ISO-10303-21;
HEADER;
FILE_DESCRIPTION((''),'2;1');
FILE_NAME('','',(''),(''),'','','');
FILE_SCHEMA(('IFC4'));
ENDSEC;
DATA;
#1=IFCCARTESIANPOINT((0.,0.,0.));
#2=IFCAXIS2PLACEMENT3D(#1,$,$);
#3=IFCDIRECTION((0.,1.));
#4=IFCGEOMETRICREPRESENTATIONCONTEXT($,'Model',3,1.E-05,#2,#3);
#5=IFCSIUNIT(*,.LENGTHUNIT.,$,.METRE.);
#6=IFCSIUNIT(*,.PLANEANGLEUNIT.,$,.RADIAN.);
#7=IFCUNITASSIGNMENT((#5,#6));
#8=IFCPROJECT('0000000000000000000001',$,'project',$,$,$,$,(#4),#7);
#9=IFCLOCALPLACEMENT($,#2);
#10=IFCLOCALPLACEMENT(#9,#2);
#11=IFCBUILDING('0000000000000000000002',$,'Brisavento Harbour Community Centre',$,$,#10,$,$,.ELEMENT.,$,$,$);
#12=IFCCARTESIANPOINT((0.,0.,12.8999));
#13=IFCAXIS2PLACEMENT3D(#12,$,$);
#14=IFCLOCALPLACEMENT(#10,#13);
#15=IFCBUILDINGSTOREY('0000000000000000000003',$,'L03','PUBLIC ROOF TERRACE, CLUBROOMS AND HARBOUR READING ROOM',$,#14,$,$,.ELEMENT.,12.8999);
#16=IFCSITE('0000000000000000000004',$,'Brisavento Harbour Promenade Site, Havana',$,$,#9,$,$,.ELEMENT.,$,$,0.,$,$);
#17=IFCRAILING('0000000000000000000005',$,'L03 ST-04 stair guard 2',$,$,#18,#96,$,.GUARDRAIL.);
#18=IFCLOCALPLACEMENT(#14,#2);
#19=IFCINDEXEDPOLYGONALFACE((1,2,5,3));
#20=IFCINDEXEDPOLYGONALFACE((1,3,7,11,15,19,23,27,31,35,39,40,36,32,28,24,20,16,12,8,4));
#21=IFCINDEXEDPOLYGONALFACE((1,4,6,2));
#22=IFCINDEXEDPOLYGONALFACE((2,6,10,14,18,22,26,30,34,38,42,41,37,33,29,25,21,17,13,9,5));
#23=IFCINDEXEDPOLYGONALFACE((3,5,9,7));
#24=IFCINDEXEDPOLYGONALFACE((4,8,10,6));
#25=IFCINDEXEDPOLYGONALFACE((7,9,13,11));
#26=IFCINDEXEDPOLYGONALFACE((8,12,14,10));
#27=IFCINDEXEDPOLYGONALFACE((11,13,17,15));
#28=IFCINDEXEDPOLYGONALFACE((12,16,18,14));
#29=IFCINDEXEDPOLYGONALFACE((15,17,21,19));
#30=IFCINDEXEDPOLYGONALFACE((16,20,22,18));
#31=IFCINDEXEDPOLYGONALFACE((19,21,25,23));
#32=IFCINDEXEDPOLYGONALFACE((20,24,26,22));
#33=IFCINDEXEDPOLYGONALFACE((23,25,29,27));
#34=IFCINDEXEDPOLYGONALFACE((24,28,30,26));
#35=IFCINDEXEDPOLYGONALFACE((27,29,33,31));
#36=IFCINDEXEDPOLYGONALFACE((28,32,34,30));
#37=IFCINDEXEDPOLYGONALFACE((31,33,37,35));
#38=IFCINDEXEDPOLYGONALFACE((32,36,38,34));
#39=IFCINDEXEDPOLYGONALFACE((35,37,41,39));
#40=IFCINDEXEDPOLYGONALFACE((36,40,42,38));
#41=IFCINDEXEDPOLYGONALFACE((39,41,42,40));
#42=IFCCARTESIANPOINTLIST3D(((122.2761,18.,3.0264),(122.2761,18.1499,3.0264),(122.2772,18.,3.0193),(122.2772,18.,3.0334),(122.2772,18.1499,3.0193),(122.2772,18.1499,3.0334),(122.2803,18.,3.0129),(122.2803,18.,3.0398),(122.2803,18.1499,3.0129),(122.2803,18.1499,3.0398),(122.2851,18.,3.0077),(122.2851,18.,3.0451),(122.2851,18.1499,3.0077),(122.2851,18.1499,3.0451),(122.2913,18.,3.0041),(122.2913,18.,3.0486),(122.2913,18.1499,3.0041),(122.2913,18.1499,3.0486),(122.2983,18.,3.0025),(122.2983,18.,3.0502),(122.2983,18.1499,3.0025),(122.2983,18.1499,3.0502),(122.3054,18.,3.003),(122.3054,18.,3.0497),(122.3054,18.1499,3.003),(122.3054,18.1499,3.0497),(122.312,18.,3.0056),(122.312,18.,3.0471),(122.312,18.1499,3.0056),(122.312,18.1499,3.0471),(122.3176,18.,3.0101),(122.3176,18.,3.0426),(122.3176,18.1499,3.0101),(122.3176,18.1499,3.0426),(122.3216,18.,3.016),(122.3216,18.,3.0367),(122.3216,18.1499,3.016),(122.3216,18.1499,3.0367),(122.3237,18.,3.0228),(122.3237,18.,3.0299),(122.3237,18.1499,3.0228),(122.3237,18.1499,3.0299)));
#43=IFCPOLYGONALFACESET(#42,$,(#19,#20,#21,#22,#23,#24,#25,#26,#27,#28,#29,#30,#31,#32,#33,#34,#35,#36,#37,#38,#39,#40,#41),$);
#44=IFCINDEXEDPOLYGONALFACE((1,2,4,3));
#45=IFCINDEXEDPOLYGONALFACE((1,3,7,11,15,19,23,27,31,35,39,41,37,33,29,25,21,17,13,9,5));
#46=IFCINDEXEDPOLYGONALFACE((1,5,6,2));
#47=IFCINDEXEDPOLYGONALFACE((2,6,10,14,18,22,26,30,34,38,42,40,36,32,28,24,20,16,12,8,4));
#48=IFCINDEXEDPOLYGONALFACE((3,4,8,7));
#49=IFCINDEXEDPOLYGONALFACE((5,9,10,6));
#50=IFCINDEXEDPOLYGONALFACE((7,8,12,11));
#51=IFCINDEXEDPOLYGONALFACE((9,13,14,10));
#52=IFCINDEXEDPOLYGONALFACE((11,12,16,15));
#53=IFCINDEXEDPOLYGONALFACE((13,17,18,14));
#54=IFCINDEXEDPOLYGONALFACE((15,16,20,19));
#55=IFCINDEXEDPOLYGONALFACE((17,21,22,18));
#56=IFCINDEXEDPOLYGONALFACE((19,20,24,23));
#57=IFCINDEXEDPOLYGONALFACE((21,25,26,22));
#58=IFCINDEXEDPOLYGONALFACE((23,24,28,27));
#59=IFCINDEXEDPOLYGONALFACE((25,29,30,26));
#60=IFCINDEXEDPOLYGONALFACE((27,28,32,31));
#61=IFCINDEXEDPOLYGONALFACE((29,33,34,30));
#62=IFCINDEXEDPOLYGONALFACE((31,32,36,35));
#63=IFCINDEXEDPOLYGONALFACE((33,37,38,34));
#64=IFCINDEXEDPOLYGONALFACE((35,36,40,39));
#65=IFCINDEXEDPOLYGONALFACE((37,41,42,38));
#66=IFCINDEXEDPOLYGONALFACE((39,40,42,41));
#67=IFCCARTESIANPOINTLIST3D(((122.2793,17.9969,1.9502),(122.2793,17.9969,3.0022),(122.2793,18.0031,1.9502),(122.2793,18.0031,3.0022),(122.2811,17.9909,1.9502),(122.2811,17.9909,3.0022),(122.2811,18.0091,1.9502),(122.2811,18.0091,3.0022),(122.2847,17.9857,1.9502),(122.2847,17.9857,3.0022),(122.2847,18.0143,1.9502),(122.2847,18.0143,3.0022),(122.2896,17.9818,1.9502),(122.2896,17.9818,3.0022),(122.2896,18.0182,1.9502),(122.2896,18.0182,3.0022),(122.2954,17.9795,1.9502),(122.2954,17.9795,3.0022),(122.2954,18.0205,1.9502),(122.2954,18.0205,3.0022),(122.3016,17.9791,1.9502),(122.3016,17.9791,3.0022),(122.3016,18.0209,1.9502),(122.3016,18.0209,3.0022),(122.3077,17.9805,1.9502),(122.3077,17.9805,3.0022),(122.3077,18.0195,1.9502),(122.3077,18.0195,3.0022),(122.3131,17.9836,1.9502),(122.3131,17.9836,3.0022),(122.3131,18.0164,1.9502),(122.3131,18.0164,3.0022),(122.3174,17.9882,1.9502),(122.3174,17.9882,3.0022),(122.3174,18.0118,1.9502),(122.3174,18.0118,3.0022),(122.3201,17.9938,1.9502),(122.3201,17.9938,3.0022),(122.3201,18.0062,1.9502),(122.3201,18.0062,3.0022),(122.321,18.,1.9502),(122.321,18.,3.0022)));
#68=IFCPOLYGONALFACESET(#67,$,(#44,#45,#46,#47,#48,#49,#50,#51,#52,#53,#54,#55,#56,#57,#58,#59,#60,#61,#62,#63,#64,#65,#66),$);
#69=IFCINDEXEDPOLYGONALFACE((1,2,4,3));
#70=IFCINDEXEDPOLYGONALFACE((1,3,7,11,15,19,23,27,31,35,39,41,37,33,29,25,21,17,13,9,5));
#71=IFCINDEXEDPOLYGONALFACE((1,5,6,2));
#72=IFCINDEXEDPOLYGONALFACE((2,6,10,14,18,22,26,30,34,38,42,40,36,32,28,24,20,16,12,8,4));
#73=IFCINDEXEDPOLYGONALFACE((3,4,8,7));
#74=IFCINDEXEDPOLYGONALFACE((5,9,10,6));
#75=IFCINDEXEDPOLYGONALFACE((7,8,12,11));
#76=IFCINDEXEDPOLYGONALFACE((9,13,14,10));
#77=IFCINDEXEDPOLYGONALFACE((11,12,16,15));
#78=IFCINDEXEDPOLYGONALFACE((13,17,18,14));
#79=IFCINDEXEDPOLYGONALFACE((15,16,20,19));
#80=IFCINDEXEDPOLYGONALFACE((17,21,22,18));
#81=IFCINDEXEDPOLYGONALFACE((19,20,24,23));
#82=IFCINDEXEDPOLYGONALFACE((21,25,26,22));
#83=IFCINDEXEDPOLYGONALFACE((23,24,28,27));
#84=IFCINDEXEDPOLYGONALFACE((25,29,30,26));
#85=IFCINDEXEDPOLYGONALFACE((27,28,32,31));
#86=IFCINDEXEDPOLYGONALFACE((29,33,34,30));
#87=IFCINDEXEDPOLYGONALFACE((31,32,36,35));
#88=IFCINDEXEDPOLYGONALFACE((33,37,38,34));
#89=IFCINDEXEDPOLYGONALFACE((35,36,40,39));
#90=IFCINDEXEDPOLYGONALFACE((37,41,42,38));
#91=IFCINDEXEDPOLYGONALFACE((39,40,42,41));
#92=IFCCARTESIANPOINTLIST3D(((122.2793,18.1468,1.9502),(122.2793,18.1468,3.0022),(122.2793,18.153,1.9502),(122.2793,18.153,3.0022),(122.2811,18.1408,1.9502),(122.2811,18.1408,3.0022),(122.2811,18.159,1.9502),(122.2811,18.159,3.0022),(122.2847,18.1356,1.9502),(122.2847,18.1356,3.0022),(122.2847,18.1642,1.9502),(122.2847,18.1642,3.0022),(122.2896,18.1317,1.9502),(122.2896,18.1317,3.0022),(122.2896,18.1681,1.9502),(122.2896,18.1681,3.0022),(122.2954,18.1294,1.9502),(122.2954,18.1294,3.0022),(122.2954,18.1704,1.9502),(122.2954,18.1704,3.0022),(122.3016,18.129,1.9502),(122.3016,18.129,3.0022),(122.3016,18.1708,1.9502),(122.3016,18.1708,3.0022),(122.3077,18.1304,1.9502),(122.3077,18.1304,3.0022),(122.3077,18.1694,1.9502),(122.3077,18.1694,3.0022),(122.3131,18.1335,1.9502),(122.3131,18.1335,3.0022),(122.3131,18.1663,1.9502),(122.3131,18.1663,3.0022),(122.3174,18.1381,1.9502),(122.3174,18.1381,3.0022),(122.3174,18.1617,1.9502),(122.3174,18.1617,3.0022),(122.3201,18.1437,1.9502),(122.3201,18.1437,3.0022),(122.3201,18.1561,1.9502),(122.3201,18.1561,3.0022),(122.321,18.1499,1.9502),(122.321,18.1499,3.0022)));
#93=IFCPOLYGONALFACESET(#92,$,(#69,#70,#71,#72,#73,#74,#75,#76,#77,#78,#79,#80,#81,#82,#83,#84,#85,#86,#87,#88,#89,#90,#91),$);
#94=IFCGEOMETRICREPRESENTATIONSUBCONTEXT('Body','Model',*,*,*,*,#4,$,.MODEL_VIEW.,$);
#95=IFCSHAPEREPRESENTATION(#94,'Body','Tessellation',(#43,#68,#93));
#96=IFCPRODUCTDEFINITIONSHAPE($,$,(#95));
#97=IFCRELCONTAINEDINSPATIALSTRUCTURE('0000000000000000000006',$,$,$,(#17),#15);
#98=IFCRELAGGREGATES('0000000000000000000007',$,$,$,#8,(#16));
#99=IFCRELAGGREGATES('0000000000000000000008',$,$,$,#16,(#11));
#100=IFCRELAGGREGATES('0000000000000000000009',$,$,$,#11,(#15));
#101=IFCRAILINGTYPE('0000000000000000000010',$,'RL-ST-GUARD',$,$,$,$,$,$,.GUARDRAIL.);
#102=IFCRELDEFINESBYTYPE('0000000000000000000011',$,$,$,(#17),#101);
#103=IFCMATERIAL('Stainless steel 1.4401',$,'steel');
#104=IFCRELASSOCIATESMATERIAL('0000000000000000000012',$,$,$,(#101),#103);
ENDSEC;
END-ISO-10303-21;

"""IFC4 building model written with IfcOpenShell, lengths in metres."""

from ifc_helpers import new_model, si_unit, direction, frame, origin, origin_2d, place, context, subcontext, project, spatial, circle, extrude, material, type_object, element, save


model = new_model("IFC4")

# Units and contexts
model_context = context("Model", 3, precision=1e-05, world=origin(), true_north=direction((0.0, 1.0)))
body_context = subcontext(model_context, "Body", "Model", "MODEL_VIEW")
ifc_project = project(units=[si_unit("LENGTHUNIT", "METRE"), si_unit("PLANEANGLEUNIT", "RADIAN")], contexts=[model_context])

# Site, building, storey
site_placement = place(None, origin())
site = spatial("IfcSite", under=ifc_project, at=site_placement, Name="Brisavento Harbour Promenade Site, Havana", CompositionType="ELEMENT", RefElevation=0.0)
building_placement = place(site_placement, origin())
building = spatial("IfcBuilding", under=site, at=building_placement, Name="Brisavento Harbour Community Centre", CompositionType="ELEMENT")
storey_placement = place(building_placement, frame((0.0, 0.0, 12.8999)))
storey = spatial("IfcBuildingStorey", under=building, at=storey_placement, Name="L03", Description="PUBLIC ROOF TERRACE, CLUBROOMS AND HARBOUR READING ROOM", CompositionType="ELEMENT", Elevation=12.8999)

# Railing
ifc_material_1 = material(Name="Stainless steel 1.4401", Category="steel")
railing_type_1 = type_object("IfcRailingType", Name="RL-ST-GUARD", PredefinedType="GUARDRAIL", material=ifc_material_1)
railing_1_placement = place(storey_placement, frame((122.3, 18.0, 1.9502)))
element("IfcRailing", 1, at=railing_1_placement, inside=storey, type_object=railing_type_1, Name="L03 ST-04 stair guard 2", PredefinedType="GUARDRAIL", context=body_context, shape_type="SweptSolid", body=[
    extrude(circle(Radius=0.0239, at=origin_2d()), frame((0.0, 0.0, 1.0762), z_axis=(0.0, 1.0, 0.0), x_axis=(-1.0, 0.0, 0.0)), (0.0, 0.0, 1.0), 0.1499),
    extrude(circle(Radius=0.021, at=origin_2d()), origin(), (0.0, 0.0, 1.0), 1.052),
    extrude(circle(Radius=0.021, at=origin_2d()), frame((0.0, 0.1499, 0.0)), (0.0, 0.0, 1.0), 1.052),
])

save(model, "model.ifc")
